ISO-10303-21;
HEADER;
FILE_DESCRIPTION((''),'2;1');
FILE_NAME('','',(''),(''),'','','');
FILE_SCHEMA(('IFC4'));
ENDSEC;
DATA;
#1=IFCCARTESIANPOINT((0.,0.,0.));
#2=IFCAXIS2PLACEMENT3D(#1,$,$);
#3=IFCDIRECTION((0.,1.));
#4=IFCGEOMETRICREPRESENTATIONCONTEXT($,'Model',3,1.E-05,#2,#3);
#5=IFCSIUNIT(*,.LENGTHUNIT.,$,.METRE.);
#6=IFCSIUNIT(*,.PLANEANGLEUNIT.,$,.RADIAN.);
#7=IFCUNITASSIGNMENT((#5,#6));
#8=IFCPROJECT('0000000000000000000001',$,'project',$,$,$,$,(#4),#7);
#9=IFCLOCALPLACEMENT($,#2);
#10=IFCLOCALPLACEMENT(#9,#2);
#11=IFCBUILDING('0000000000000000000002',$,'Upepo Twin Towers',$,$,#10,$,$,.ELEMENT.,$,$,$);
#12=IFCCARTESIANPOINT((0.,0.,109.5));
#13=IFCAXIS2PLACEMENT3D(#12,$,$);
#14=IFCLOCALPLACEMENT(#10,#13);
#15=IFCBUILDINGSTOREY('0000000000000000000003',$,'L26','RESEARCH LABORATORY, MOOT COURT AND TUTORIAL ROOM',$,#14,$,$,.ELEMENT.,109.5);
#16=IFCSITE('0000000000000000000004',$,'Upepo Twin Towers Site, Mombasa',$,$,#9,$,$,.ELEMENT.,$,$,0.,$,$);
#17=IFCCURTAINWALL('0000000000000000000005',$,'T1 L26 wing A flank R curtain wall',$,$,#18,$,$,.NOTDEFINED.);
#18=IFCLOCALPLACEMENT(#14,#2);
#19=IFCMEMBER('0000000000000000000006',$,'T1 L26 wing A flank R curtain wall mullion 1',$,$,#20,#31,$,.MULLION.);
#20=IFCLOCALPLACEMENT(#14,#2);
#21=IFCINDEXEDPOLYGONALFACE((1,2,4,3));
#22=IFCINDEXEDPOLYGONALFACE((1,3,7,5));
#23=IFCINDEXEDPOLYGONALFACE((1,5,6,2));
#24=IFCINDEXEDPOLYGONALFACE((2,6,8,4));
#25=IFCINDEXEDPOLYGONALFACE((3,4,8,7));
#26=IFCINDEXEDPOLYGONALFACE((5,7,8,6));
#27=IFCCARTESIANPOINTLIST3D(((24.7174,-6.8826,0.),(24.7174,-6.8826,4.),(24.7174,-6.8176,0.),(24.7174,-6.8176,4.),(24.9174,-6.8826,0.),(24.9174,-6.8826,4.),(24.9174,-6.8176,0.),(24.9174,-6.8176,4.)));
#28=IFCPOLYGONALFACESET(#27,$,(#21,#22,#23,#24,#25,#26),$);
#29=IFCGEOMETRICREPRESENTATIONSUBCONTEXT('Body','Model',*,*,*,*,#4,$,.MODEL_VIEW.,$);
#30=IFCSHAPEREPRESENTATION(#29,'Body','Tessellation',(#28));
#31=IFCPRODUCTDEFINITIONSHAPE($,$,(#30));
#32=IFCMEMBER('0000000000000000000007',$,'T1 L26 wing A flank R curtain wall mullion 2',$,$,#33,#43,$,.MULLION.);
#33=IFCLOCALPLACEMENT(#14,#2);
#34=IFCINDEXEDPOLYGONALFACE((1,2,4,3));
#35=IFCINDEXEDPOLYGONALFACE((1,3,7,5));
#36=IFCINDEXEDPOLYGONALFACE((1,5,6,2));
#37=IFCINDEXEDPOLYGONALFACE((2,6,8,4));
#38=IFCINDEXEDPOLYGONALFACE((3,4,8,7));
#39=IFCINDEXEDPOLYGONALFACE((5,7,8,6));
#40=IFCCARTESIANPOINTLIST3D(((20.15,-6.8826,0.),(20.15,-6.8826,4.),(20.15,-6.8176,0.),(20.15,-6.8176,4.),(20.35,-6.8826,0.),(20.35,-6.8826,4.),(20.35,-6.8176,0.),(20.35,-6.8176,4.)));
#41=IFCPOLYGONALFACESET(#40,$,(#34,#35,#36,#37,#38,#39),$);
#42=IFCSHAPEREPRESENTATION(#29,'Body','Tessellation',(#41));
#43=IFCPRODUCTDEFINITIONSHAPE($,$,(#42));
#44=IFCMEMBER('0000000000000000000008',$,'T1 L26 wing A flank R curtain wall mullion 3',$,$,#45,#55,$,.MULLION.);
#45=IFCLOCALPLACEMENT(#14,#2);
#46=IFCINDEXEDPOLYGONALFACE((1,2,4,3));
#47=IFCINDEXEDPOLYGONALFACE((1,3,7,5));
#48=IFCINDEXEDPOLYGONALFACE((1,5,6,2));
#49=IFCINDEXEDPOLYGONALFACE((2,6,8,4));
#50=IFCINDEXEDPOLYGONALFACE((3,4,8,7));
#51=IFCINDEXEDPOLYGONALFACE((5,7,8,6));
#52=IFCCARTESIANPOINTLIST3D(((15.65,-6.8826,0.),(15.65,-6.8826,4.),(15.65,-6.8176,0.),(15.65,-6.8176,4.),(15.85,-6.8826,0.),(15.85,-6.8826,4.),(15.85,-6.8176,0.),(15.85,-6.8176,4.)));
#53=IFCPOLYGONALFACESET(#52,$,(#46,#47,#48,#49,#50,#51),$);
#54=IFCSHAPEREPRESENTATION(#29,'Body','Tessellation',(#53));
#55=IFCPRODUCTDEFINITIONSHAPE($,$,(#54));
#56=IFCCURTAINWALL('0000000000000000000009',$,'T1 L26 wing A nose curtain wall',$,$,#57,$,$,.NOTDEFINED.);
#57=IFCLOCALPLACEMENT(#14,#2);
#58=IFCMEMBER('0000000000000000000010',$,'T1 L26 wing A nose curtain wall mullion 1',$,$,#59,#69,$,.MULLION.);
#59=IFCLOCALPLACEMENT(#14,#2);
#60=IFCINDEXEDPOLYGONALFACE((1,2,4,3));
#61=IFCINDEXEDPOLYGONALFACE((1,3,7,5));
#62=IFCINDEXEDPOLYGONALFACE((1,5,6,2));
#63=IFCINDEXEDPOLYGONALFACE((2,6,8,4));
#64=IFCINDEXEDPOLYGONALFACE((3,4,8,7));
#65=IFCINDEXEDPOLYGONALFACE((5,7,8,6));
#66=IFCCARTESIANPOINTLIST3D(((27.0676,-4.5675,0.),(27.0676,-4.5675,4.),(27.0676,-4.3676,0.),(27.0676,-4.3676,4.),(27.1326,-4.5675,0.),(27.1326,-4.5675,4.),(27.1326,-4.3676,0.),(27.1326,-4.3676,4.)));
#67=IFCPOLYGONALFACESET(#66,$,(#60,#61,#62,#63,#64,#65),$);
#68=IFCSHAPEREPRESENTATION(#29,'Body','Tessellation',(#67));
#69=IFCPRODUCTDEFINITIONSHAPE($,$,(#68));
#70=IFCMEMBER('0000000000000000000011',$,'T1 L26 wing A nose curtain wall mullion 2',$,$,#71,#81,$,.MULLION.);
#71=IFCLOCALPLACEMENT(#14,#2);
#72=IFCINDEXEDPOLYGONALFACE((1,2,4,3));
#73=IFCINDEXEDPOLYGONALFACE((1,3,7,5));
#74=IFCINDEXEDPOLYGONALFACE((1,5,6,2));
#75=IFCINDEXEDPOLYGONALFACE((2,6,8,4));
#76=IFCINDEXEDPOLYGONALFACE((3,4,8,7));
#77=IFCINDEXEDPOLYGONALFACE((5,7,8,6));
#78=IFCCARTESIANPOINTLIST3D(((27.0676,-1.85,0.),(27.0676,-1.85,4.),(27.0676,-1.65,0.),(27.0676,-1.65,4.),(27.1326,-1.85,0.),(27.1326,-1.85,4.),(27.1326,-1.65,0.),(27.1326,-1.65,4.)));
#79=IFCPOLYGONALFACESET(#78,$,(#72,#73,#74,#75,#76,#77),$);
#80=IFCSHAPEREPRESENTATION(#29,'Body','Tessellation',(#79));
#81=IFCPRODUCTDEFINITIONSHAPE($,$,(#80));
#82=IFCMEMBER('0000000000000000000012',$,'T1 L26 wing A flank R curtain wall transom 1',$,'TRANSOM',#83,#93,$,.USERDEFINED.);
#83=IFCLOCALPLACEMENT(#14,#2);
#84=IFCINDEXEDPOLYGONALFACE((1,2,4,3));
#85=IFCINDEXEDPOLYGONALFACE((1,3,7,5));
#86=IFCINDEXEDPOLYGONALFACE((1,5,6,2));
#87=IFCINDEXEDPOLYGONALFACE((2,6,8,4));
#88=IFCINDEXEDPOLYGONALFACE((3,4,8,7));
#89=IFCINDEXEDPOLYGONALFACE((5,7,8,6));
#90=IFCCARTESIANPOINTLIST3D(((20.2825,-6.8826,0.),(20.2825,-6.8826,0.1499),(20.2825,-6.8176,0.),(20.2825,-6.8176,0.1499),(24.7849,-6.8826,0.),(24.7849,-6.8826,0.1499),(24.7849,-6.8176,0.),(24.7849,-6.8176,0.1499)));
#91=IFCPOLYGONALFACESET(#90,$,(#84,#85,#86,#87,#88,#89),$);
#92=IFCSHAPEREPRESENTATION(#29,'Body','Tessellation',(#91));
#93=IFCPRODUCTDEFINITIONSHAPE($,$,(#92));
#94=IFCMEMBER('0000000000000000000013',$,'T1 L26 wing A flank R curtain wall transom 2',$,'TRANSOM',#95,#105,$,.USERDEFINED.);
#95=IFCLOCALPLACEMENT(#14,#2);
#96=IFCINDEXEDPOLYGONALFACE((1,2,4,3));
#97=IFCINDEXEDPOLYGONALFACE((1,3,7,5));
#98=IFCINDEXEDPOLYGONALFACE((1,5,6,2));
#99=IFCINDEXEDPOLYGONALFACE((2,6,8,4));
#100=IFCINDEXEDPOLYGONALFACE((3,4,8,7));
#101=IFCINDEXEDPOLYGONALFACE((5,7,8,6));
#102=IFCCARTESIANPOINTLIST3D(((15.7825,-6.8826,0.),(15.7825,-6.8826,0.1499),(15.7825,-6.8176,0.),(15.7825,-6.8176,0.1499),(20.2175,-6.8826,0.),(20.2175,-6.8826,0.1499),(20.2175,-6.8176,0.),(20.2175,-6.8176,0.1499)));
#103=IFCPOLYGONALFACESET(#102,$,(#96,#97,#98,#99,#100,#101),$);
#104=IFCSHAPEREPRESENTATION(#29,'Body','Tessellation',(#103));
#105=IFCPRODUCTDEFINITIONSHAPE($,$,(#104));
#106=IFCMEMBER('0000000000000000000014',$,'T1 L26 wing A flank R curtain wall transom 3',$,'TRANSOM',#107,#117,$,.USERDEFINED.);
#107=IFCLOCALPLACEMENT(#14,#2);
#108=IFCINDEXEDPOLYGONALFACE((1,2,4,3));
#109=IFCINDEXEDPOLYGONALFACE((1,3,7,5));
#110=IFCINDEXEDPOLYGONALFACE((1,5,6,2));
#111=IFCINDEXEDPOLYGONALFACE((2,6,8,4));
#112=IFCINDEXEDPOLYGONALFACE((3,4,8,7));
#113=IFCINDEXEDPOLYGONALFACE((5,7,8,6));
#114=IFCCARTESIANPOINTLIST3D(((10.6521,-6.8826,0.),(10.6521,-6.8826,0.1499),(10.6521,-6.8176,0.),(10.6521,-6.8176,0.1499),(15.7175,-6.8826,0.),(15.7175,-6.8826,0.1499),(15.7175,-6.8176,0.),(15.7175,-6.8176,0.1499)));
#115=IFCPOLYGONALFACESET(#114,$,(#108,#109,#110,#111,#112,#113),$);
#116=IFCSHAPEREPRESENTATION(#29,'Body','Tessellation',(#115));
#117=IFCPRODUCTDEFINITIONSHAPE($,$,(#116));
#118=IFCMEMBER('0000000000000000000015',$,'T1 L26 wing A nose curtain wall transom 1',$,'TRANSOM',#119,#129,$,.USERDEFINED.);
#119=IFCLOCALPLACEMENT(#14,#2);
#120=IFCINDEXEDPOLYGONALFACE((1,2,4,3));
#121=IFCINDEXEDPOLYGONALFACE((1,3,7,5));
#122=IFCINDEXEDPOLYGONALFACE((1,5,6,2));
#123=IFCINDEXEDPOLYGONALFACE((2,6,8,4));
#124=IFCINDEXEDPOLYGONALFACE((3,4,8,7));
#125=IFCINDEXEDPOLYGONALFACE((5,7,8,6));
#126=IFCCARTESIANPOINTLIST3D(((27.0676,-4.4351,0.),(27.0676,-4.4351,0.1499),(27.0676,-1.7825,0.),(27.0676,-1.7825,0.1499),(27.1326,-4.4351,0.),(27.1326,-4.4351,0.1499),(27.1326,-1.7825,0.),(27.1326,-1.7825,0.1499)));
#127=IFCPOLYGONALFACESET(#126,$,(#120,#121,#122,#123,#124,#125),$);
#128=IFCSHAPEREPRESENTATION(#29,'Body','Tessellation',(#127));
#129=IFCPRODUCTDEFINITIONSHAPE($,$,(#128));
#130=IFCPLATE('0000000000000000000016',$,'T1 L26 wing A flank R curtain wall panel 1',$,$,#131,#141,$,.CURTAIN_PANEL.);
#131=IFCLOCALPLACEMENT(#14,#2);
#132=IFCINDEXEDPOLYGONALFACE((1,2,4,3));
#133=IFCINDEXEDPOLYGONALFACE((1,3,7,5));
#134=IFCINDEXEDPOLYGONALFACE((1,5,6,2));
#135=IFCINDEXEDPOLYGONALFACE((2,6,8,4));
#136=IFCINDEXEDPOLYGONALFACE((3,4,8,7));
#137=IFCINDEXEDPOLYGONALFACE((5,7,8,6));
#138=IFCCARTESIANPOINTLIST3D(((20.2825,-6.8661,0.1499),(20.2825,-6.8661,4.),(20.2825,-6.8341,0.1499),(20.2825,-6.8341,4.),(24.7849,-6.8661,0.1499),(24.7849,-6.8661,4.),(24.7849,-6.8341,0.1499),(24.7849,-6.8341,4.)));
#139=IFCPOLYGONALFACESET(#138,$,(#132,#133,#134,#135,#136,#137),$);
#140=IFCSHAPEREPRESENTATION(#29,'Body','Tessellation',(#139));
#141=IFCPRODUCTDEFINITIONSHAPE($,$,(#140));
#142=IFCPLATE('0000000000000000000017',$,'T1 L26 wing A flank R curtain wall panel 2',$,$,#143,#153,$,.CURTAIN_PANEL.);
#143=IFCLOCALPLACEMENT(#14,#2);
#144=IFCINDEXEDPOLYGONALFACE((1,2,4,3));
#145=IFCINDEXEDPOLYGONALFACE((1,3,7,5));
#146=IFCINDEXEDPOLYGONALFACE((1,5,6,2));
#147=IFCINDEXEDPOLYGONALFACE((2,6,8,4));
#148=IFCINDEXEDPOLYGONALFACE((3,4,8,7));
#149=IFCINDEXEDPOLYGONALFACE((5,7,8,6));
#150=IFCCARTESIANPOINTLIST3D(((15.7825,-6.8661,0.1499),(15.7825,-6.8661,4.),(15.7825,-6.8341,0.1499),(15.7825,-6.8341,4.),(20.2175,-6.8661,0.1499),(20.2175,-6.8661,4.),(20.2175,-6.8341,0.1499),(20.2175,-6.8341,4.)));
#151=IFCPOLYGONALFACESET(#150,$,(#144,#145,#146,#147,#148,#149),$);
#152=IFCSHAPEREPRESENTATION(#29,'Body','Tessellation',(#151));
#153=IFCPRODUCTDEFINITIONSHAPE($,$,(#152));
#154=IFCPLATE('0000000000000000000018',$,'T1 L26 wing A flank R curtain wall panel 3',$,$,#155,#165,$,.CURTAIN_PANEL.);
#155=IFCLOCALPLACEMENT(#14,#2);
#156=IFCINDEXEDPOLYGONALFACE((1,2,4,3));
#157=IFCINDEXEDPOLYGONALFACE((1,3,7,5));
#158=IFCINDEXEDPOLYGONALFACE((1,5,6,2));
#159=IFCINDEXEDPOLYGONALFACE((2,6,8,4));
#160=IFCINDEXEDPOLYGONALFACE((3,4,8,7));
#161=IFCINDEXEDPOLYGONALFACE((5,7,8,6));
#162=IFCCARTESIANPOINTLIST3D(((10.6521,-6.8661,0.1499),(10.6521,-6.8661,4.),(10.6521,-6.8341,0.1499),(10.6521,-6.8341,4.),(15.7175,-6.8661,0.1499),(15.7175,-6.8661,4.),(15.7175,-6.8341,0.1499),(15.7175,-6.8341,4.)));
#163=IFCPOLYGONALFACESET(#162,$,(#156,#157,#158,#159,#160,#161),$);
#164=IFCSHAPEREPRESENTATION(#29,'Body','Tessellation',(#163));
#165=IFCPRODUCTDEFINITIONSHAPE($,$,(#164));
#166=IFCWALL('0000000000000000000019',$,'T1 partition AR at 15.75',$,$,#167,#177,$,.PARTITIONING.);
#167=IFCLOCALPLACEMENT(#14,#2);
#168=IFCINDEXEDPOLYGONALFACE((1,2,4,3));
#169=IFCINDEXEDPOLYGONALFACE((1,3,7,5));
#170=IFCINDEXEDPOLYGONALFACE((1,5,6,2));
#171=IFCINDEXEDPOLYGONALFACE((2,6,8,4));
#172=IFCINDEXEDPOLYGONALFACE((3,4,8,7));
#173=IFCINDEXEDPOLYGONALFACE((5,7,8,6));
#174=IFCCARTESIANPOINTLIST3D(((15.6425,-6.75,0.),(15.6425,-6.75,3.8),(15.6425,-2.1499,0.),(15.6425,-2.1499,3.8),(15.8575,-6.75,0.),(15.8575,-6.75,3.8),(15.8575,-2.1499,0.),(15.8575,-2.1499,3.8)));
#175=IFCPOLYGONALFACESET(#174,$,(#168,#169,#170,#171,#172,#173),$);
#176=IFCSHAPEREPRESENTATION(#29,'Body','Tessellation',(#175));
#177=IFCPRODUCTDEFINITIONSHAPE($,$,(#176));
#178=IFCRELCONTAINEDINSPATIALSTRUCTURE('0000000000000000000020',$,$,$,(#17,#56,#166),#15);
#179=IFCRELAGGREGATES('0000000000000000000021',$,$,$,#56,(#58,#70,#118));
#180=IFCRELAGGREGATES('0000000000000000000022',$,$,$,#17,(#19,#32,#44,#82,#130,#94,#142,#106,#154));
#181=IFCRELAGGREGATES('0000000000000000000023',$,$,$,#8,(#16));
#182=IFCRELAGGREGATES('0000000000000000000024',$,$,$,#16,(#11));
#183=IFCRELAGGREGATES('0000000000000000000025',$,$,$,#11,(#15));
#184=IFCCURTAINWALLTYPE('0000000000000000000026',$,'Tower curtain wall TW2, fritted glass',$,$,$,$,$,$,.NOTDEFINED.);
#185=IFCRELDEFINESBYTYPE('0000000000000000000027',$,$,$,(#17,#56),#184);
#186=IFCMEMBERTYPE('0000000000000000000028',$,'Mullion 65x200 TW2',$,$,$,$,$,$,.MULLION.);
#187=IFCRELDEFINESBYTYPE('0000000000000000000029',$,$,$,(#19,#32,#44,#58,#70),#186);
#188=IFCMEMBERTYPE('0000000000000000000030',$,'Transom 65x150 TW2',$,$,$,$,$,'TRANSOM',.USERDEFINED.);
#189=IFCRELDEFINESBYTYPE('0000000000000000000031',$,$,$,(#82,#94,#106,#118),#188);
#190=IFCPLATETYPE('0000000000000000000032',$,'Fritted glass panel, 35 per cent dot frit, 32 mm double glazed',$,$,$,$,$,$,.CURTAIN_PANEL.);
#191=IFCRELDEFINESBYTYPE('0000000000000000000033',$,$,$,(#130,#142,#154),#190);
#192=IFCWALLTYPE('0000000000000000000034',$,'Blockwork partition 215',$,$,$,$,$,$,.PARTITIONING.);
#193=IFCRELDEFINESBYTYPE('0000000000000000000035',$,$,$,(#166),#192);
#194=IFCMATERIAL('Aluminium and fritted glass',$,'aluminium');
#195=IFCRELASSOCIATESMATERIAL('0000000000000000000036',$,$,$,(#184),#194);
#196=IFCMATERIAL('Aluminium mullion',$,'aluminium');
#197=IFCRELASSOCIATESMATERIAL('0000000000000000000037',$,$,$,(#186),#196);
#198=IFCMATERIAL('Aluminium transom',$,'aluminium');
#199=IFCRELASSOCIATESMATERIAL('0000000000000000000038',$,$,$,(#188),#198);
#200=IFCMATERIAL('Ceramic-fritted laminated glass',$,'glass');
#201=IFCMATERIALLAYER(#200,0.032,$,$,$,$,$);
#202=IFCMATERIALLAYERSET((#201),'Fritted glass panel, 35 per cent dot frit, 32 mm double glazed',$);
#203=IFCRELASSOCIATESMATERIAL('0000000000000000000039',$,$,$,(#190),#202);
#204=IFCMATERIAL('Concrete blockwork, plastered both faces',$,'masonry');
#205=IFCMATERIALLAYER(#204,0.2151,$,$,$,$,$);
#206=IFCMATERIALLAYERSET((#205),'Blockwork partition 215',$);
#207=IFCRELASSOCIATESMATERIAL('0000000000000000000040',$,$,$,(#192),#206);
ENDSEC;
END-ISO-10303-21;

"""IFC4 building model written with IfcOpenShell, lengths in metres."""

from ifc_helpers import new_model, si_unit, direction, frame, frame_2d, origin, origin_2d, place, context, subcontext, project, spatial, rectangle, extrude, material, layer, layer_set, material_profile, profile_set, type_object, element, aggregate, save


model = new_model("IFC4")

# Units and contexts
model_context = context("Model", 3, precision=1e-05, world=origin(), true_north=direction((0.0, 1.0)))
body_context = subcontext(model_context, "Body", "Model", "MODEL_VIEW")
ifc_project = project(units=[si_unit("LENGTHUNIT", "METRE"), si_unit("PLANEANGLEUNIT", "RADIAN")], contexts=[model_context])

# Site, building, storey
site_placement = place(None, origin())
site = spatial("IfcSite", under=ifc_project, at=site_placement, Name="Upepo Twin Towers Site, Mombasa", CompositionType="ELEMENT", RefElevation=0.0)
building_placement = place(site_placement, origin())
building = spatial("IfcBuilding", under=site, at=building_placement, Name="Upepo Twin Towers", CompositionType="ELEMENT")
storey_placement = place(building_placement, frame((0.0, 0.0, 109.5)))
storey = spatial("IfcBuildingStorey", under=building, at=storey_placement, Name="L26", Description="RESEARCH LABORATORY, MOOT COURT AND TUTORIAL ROOM", CompositionType="ELEMENT", Elevation=109.5)

# Curtain walls, members
ifc_material_1 = material(Name="Aluminium and fritted glass", Category="aluminium")
curtain_wall_type = type_object("IfcCurtainWallType", Name="Tower curtain wall TW2, fritted glass", PredefinedType="NOTDEFINED", material=ifc_material_1)
curtain_wall_1_placement = place(storey_placement, origin())
curtain_wall_1 = element("IfcCurtainWall", 1, at=curtain_wall_1_placement, inside=storey, type_object=curtain_wall_type, Name="T1 L26 wing A flank R curtain wall", PredefinedType="NOTDEFINED")
ifc_material_2 = material(Name="Aluminium mullion", Category="aluminium")
ifc_material_profile_1 = material_profile(ifc_material_2, rectangle(XDim=0.0649, YDim=0.2, at=origin_2d()), Name="MULLION 65x200")
ifc_profile_set_1 = profile_set([ifc_material_profile_1], Name="Aluminium mullion")
member_type_1 = type_object("IfcMemberType", Name="Mullion 65x200 TW2", PredefinedType="MULLION", material=ifc_profile_set_1)
member_1_placement = place(storey_placement, frame((24.8174, -6.8501, 0.0), z_axis=(0.0, 0.0, 1.0), x_axis=(0.0, -1.0, 0.0)))
member_1 = element("IfcMember", 2, at=member_1_placement, type_object=member_type_1, Name="T1 L26 wing A flank R curtain wall mullion 1", PredefinedType="MULLION", context=body_context, shape_type="SweptSolid", body=[
    extrude(rectangle(XDim=0.0649, YDim=0.2, at=origin_2d()), origin(), (0.0, 0.0, 1.0), 4.0),
])
member_2_placement = place(storey_placement, frame((20.25, -6.8501, 0.0), z_axis=(0.0, 0.0, 1.0), x_axis=(0.0, -1.0, 0.0)))
member_2 = element("IfcMember", 3, at=member_2_placement, type_object=member_type_1, Name="T1 L26 wing A flank R curtain wall mullion 2", PredefinedType="MULLION", context=body_context, shape_type="SweptSolid", body=[
    extrude(rectangle(XDim=0.0649, YDim=0.2, at=origin_2d()), origin(), (0.0, 0.0, 1.0), 4.0),
])
member_3_placement = place(storey_placement, frame((15.75, -6.8501, 0.0), z_axis=(0.0, 0.0, 1.0), x_axis=(0.0, -1.0, 0.0)))
member_3 = element("IfcMember", 4, at=member_3_placement, type_object=member_type_1, Name="T1 L26 wing A flank R curtain wall mullion 3", PredefinedType="MULLION", context=body_context, shape_type="SweptSolid", body=[
    extrude(rectangle(XDim=0.0649, YDim=0.2, at=origin_2d()), origin(), (0.0, 0.0, 1.0), 4.0),
])
curtain_wall_2_placement = place(storey_placement, origin())
curtain_wall_2 = element("IfcCurtainWall", 5, at=curtain_wall_2_placement, inside=storey, type_object=curtain_wall_type, Name="T1 L26 wing A nose curtain wall", PredefinedType="NOTDEFINED")
member_4_placement = place(storey_placement, frame((27.1001, -4.4675, 0.0), z_axis=(0.0, 0.0, 1.0), x_axis=(-1.0, 0.0, 0.0)))
member_4 = element("IfcMember", 6, at=member_4_placement, type_object=member_type_1, Name="T1 L26 wing A nose curtain wall mullion 1", PredefinedType="MULLION", context=body_context, shape_type="SweptSolid", body=[
    extrude(rectangle(XDim=0.0649, YDim=0.2, at=origin_2d()), origin(), (0.0, 0.0, 1.0), 4.0),
])
member_5_placement = place(storey_placement, frame((27.1001, -1.75, 0.0), z_axis=(0.0, 0.0, 1.0), x_axis=(-1.0, 0.0, 0.0)))
member_5 = element("IfcMember", 7, at=member_5_placement, type_object=member_type_1, Name="T1 L26 wing A nose curtain wall mullion 2", PredefinedType="MULLION", context=body_context, shape_type="SweptSolid", body=[
    extrude(rectangle(XDim=0.0649, YDim=0.2, at=origin_2d()), origin(), (0.0, 0.0, 1.0), 4.0),
])

# Members
ifc_material_3 = material(Name="Aluminium transom", Category="aluminium")
ifc_material_profile_2 = material_profile(ifc_material_3, rectangle(XDim=0.0649, YDim=0.1499, at=origin_2d()), Name="TRANSOM 65x150")
ifc_profile_set_2 = profile_set([ifc_material_profile_2], Name="Aluminium transom")
member_type_2 = type_object("IfcMemberType", Name="Transom 65x150 TW2", ElementType="TRANSOM", PredefinedType="USERDEFINED", material=ifc_profile_set_2)
member_6_placement = place(storey_placement, frame((24.7849, -6.8501, 0.075), z_axis=(-1.0, 0.0, 0.0), x_axis=(0.0, -1.0, 0.0)))
member_6 = element("IfcMember", 8, at=member_6_placement, type_object=member_type_2, Name="T1 L26 wing A flank R curtain wall transom 1", ObjectType="TRANSOM", PredefinedType="USERDEFINED", context=body_context, shape_type="SweptSolid", body=[
    extrude(rectangle(XDim=0.0649, YDim=0.1499, at=origin_2d()), origin(), (0.0, 0.0, 1.0), 4.5024),
])
member_7_placement = place(storey_placement, frame((20.2175, -6.8501, 0.075), z_axis=(-1.0, 0.0, 0.0), x_axis=(0.0, -1.0, 0.0)))
member_7 = element("IfcMember", 9, at=member_7_placement, type_object=member_type_2, Name="T1 L26 wing A flank R curtain wall transom 2", ObjectType="TRANSOM", PredefinedType="USERDEFINED", context=body_context, shape_type="SweptSolid", body=[
    extrude(rectangle(XDim=0.0649, YDim=0.1499, at=origin_2d()), origin(), (0.0, 0.0, 1.0), 4.4351),
])
member_8_placement = place(storey_placement, frame((15.7175, -6.8501, 0.075), z_axis=(-1.0, 0.0, 0.0), x_axis=(0.0, -1.0, 0.0)))
member_8 = element("IfcMember", 10, at=member_8_placement, type_object=member_type_2, Name="T1 L26 wing A flank R curtain wall transom 3", ObjectType="TRANSOM", PredefinedType="USERDEFINED", context=body_context, shape_type="SweptSolid", body=[
    extrude(rectangle(XDim=0.0649, YDim=0.1499, at=origin_2d()), origin(), (0.0, 0.0, 1.0), 5.0654),
])
member_9_placement = place(storey_placement, frame((27.1001, -4.4351, 0.075), z_axis=(0.0, 1.0, 0.0), x_axis=(-1.0, 0.0, 0.0)))
member_9 = element("IfcMember", 11, at=member_9_placement, type_object=member_type_2, Name="T1 L26 wing A nose curtain wall transom 1", ObjectType="TRANSOM", PredefinedType="USERDEFINED", context=body_context, shape_type="SweptSolid", body=[
    extrude(rectangle(XDim=0.0649, YDim=0.1499, at=origin_2d()), origin(), (0.0, 0.0, 1.0), 2.6526),
])
aggregate(curtain_wall_2, [member_4, member_5, member_9])

# Plates
ifc_material_4 = material(Name="Ceramic-fritted laminated glass", Category="glass")
ifc_layer_1 = layer(ifc_material_4, 0.032)
ifc_layer_set_1 = layer_set([ifc_layer_1], Name="Fritted glass panel, 35 per cent dot frit, 32 mm double glazed")
plate_type = type_object("IfcPlateType", Name="Fritted glass panel, 35 per cent dot frit, 32 mm double glazed", PredefinedType="CURTAIN_PANEL", material=ifc_layer_set_1)
plate_1_placement = place(storey_placement, frame((22.5337, -6.8501, 0.1499), z_axis=(0.0, 0.0, 1.0), x_axis=(-1.0, 0.0, 0.0)))
plate_1 = element("IfcPlate", 12, at=plate_1_placement, type_object=plate_type, Name="T1 L26 wing A flank R curtain wall panel 1", PredefinedType="CURTAIN_PANEL", context=body_context, shape_type="SweptSolid", body=[
    extrude(rectangle(XDim=4.5024, YDim=0.032, at=origin_2d()), origin(), (0.0, 0.0, 1.0), 3.8501),
])
plate_2_placement = place(storey_placement, frame((18.0, -6.8501, 0.1499), z_axis=(0.0, 0.0, 1.0), x_axis=(-1.0, 0.0, 0.0)))
plate_2 = element("IfcPlate", 13, at=plate_2_placement, type_object=plate_type, Name="T1 L26 wing A flank R curtain wall panel 2", PredefinedType="CURTAIN_PANEL", context=body_context, shape_type="SweptSolid", body=[
    extrude(rectangle(XDim=4.4351, YDim=0.032, at=origin_2d()), origin(), (0.0, 0.0, 1.0), 3.8501),
])
plate_3_placement = place(storey_placement, frame((13.1848, -6.8501, 0.1499), z_axis=(0.0, 0.0, 1.0), x_axis=(-1.0, 0.0, 0.0)))
plate_3 = element("IfcPlate", 14, at=plate_3_placement, type_object=plate_type, Name="T1 L26 wing A flank R curtain wall panel 3", PredefinedType="CURTAIN_PANEL", context=body_context, shape_type="SweptSolid", body=[
    extrude(rectangle(XDim=5.0654, YDim=0.032, at=origin_2d()), origin(), (0.0, 0.0, 1.0), 3.8501),
])
aggregate(curtain_wall_1, [member_1, member_2, member_3, member_6, plate_1, member_7, plate_2, member_8, plate_3])

# Wall
ifc_material_5 = material(Name="Concrete blockwork, plastered both faces", Category="masonry")
ifc_layer_2 = layer(ifc_material_5, 0.2151)
ifc_layer_set_2 = layer_set([ifc_layer_2], Name="Blockwork partition 215")
wall_type_1 = type_object("IfcWallType", Name="Blockwork partition 215", PredefinedType="PARTITIONING", material=ifc_layer_set_2)
wall_1_placement = place(storey_placement, frame((15.75, -2.1499, 0.0), z_axis=(0.0, 0.0, 1.0), x_axis=(0.0, -1.0, 0.0)))
element("IfcWall", 15, at=wall_1_placement, inside=storey, type_object=wall_type_1, Name="T1 partition AR at 15.75", PredefinedType="PARTITIONING", context=body_context, shape_type="SweptSolid", body=[
    extrude(rectangle(XDim=4.6001, YDim=0.2151, at=frame_2d((2.3, 0.0))), origin(), (0.0, 0.0, 1.0), 3.8),
])

save(model, "model.ifc")
